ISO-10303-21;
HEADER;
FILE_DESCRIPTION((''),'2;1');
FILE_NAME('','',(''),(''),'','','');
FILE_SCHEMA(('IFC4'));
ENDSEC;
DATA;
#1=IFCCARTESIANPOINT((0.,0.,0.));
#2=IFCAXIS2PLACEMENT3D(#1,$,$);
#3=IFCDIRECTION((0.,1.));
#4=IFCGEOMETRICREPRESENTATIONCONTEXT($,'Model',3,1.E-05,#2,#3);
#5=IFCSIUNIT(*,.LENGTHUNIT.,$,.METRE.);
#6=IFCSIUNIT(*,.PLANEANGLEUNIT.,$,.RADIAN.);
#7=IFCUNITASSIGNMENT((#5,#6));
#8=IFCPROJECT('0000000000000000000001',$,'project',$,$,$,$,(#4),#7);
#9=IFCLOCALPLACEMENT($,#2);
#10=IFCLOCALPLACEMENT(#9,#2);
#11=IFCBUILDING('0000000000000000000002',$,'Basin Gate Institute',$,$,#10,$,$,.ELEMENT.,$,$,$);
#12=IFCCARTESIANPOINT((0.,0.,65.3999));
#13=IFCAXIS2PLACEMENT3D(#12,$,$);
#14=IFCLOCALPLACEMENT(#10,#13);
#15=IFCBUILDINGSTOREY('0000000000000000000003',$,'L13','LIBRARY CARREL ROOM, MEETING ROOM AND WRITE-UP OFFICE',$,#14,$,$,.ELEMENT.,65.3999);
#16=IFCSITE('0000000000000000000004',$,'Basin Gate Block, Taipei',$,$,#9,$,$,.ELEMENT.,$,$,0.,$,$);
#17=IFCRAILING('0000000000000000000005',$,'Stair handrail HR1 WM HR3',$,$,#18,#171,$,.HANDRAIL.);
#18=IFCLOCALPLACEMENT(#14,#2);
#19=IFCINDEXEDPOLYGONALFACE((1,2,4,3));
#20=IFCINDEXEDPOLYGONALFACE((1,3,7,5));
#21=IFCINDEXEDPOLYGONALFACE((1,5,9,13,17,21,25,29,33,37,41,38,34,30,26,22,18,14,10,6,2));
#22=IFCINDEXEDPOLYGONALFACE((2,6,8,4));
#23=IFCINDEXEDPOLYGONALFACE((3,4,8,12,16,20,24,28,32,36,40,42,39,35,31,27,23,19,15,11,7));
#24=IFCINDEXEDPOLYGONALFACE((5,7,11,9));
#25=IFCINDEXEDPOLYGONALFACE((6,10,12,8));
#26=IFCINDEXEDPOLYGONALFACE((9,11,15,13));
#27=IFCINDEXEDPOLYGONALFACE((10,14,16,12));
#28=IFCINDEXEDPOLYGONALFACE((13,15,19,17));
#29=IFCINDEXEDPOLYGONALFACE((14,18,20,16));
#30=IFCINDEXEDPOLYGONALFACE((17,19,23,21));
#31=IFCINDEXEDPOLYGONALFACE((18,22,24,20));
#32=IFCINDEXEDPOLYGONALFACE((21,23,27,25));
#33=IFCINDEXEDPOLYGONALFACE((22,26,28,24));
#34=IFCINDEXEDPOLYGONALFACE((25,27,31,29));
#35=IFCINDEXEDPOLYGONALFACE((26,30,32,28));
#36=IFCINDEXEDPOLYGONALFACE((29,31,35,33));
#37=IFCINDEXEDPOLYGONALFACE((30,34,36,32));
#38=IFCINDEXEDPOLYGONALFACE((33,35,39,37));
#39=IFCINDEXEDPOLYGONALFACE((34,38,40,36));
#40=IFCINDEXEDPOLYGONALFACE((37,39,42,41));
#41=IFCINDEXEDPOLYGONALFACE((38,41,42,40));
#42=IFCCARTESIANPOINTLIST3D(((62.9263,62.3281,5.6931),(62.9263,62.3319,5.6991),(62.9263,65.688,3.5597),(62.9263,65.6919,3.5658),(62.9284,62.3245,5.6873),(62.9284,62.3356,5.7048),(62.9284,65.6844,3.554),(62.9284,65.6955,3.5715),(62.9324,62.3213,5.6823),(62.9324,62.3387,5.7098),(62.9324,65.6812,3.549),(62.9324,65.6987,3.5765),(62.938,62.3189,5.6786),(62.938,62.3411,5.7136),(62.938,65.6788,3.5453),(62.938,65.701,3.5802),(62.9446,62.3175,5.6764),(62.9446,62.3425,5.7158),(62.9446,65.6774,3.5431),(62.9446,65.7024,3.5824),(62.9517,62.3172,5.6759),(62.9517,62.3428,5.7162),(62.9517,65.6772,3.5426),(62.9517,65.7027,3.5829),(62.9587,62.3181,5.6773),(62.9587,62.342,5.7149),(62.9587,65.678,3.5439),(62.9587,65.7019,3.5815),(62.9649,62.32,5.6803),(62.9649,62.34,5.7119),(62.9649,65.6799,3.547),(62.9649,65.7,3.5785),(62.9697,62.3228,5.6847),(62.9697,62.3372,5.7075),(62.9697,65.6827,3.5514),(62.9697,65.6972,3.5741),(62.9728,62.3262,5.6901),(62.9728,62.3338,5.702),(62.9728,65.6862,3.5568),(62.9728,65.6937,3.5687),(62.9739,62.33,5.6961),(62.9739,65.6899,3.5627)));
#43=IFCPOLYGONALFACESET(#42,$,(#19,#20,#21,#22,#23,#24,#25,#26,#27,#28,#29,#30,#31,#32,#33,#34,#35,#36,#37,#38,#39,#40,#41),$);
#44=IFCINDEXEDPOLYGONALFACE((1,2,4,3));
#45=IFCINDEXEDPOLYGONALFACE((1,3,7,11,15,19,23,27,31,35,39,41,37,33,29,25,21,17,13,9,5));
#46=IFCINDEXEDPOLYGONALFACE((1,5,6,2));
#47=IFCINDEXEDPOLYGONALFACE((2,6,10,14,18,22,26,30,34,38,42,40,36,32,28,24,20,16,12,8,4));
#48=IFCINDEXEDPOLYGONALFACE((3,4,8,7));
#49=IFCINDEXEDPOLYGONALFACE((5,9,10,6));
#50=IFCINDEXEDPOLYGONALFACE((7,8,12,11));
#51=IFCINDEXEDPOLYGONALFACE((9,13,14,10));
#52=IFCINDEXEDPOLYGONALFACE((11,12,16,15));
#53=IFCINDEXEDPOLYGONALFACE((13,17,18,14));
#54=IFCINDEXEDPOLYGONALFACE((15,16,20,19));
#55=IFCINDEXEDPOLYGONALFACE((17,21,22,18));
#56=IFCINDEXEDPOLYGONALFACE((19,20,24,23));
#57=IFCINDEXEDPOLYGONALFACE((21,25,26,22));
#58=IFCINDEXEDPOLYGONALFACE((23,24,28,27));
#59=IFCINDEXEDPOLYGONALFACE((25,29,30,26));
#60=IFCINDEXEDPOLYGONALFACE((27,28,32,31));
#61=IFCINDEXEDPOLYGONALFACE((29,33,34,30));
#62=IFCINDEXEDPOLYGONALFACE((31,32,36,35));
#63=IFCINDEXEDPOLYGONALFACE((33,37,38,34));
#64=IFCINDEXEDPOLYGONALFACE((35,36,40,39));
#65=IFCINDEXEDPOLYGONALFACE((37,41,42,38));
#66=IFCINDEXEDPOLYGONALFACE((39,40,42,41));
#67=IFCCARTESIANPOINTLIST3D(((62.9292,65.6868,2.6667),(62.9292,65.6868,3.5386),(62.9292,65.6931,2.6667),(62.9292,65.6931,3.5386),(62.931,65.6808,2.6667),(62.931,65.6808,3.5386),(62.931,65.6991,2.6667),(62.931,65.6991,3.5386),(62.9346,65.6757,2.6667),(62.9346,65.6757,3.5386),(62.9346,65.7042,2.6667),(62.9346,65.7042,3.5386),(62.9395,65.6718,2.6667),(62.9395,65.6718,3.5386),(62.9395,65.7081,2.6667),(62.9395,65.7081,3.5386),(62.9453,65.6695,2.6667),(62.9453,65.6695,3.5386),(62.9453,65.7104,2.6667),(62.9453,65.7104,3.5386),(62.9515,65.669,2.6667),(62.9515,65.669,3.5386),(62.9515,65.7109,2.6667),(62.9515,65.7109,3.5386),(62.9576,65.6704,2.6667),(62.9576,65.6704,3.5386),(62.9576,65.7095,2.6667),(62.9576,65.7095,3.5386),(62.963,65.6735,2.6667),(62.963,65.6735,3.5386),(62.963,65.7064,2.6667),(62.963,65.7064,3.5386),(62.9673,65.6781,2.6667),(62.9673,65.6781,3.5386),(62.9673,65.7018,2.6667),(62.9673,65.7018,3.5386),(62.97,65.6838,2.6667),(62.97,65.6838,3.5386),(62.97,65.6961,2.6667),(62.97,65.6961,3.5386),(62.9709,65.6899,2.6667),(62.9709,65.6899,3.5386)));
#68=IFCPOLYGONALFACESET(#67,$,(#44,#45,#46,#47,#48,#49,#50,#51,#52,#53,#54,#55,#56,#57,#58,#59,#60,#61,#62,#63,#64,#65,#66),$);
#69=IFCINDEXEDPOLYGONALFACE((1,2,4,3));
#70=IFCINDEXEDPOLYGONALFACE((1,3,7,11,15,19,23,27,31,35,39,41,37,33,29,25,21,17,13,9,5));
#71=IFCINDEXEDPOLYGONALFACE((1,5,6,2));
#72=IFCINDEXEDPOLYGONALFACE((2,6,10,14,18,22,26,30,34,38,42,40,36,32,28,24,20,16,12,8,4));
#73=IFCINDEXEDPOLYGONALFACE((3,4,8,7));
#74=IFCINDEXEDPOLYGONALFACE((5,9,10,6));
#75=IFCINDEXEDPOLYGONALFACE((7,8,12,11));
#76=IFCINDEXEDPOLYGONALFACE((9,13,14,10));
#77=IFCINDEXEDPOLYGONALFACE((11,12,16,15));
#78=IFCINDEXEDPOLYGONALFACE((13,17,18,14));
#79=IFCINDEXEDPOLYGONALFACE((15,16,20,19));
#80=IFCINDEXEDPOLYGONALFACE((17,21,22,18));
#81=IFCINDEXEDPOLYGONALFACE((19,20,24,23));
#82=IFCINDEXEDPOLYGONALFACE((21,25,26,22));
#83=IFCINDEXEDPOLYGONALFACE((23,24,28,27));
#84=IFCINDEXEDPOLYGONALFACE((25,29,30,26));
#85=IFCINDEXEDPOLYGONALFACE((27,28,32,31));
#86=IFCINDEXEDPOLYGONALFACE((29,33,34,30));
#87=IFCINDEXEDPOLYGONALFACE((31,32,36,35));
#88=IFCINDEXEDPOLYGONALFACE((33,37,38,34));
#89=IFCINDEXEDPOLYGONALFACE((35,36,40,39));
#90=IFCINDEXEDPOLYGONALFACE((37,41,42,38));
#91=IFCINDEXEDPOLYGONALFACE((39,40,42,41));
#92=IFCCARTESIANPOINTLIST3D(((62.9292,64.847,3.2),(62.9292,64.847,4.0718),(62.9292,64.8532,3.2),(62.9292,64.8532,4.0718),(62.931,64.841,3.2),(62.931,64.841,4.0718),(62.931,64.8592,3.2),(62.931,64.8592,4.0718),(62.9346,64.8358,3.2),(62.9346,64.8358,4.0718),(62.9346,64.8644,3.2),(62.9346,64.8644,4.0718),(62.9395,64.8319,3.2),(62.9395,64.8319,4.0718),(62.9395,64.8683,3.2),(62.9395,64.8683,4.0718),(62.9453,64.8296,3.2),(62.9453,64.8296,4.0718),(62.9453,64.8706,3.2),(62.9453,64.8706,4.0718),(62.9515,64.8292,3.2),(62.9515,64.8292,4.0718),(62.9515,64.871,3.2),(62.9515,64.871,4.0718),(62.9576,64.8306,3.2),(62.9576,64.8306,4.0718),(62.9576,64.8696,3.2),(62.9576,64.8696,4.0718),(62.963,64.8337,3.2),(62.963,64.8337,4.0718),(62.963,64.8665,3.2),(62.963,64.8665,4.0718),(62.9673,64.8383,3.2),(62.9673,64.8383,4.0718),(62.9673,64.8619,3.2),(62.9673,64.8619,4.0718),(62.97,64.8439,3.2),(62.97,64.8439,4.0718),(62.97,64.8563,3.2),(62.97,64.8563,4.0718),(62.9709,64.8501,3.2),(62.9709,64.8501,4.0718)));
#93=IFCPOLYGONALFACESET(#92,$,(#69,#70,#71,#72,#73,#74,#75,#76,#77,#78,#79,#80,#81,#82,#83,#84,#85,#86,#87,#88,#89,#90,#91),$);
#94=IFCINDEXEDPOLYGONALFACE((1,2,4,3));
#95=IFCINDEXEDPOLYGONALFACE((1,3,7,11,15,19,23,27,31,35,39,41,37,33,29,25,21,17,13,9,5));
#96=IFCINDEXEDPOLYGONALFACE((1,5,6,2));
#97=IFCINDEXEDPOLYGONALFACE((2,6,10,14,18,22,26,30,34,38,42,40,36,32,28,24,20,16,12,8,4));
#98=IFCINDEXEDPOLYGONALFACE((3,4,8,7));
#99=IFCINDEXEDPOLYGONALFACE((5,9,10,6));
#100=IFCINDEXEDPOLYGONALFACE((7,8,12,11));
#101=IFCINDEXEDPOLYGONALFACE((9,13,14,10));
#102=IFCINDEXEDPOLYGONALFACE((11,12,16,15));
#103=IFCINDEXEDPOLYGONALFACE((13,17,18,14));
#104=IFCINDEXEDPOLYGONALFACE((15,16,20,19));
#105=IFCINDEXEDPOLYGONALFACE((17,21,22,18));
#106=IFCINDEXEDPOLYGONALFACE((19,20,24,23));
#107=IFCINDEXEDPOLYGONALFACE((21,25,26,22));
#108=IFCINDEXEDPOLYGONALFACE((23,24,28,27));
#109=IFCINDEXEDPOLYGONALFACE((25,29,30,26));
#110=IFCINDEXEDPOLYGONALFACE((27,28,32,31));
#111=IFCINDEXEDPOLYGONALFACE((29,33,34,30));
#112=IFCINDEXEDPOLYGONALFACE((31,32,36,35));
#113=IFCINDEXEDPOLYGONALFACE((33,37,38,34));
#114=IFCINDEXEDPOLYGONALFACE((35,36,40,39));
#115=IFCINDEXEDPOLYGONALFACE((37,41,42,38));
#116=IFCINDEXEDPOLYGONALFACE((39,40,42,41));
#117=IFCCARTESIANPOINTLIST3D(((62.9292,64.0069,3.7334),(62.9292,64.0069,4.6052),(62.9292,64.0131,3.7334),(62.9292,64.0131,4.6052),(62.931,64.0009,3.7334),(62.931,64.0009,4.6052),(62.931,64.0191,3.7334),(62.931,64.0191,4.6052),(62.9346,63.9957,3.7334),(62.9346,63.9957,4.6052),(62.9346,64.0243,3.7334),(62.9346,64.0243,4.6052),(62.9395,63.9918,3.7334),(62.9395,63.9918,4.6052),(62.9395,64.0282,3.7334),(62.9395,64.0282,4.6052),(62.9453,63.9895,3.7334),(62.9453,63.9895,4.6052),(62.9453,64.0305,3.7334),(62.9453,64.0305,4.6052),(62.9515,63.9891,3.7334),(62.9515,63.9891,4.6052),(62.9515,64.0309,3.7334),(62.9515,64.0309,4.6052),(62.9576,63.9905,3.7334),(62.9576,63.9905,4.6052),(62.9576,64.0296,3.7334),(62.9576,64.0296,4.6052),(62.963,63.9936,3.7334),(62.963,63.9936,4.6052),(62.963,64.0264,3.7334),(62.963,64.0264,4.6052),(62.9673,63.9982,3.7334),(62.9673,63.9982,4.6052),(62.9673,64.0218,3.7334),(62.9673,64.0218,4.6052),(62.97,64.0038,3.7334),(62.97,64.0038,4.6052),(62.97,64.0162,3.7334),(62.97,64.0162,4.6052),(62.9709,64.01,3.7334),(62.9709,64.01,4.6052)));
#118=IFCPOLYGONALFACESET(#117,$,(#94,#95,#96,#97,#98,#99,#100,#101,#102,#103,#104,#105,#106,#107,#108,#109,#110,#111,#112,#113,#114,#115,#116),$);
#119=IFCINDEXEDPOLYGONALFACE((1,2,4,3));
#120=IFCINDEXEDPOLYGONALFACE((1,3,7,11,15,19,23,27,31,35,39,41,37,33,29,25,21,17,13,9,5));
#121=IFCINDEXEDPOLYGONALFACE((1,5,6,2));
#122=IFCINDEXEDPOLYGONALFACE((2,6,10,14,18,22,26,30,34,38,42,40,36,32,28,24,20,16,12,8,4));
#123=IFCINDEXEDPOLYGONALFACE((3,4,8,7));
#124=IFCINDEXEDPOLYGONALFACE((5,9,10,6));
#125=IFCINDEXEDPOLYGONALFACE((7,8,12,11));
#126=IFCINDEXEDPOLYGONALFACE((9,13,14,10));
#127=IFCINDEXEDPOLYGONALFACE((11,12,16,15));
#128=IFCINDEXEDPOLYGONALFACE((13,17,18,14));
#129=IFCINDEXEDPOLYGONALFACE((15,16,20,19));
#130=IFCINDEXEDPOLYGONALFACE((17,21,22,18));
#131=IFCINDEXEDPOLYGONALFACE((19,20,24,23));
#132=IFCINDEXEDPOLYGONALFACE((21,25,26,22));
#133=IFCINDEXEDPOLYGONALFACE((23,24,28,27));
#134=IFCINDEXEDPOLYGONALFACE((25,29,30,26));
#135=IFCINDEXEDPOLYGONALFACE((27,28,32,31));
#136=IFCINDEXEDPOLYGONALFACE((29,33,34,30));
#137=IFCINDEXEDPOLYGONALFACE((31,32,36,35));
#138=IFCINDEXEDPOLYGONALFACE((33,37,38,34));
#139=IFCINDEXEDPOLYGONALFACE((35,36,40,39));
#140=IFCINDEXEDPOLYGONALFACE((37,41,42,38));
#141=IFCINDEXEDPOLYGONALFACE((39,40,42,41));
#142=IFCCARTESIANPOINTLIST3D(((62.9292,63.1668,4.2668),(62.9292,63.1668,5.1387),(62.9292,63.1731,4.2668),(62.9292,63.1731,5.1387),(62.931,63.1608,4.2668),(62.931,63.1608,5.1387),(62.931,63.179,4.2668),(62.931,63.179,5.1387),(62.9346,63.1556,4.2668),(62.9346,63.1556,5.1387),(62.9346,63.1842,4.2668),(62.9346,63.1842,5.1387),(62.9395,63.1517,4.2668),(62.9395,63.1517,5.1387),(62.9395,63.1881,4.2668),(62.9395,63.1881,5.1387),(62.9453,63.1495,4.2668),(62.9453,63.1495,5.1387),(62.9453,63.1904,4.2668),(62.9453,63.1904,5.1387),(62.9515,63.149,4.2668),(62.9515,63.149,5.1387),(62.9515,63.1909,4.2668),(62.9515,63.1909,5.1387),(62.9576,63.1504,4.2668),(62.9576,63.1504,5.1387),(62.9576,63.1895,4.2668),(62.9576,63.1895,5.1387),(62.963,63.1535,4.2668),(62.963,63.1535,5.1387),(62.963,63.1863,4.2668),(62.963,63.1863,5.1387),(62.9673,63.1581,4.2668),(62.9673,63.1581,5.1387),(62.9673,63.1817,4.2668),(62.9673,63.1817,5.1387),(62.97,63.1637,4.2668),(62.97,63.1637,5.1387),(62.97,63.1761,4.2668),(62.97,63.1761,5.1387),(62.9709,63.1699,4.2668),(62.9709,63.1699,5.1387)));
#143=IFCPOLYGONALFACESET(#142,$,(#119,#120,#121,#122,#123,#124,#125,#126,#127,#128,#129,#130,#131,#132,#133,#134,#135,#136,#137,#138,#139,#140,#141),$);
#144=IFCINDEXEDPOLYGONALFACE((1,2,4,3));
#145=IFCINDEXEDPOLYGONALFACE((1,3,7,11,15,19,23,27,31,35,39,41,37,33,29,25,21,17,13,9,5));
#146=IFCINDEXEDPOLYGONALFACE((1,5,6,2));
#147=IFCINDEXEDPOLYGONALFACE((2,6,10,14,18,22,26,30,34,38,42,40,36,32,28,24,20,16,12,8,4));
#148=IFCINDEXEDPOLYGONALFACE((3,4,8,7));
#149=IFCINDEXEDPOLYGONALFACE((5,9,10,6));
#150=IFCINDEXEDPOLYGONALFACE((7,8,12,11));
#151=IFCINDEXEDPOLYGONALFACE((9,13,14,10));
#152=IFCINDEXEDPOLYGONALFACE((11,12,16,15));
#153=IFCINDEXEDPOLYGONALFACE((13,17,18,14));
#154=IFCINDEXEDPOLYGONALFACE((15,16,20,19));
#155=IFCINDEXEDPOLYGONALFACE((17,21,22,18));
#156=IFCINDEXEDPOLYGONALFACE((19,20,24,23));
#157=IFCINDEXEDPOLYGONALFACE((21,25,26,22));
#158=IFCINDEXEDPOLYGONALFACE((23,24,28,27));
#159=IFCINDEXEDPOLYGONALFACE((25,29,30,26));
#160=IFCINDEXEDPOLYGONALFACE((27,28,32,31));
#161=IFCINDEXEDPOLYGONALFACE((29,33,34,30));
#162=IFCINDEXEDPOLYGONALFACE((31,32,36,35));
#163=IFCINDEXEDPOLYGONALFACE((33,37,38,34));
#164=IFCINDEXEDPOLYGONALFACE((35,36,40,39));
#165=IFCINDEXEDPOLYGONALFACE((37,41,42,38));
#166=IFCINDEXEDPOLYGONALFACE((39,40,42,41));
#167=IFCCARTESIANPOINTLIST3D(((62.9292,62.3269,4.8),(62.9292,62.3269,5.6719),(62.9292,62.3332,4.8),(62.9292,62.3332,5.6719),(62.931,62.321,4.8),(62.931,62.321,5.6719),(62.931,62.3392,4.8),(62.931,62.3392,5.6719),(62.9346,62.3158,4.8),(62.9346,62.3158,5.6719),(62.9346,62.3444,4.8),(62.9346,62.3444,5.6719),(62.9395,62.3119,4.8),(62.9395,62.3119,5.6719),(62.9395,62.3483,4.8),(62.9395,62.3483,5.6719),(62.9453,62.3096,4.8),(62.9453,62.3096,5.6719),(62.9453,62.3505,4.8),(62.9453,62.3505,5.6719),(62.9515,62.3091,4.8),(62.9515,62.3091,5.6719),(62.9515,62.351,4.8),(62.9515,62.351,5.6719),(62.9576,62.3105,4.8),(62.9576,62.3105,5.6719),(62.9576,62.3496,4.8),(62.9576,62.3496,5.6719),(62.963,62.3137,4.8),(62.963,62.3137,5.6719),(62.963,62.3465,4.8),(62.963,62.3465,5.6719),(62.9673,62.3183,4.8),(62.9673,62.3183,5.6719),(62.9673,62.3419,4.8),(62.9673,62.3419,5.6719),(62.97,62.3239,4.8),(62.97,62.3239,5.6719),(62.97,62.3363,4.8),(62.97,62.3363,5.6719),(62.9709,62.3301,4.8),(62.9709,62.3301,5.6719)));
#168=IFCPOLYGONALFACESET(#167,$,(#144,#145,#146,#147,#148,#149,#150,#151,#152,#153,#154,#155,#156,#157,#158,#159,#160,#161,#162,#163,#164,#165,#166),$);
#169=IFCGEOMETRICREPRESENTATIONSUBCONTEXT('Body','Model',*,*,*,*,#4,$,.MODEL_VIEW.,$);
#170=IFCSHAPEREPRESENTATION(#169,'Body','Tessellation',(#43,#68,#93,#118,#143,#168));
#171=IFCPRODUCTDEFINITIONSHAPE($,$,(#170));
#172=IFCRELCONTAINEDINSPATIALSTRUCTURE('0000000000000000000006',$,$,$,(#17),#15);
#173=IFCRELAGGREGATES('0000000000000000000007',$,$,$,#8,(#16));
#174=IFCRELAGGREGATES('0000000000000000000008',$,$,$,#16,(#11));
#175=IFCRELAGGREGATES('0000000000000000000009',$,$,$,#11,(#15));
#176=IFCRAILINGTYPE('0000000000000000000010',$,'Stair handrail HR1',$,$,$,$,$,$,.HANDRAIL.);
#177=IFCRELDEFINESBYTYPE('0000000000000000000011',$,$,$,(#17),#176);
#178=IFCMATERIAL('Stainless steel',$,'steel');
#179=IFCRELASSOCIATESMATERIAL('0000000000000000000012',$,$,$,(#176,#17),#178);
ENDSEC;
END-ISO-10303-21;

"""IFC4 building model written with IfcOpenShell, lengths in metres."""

from ifc_helpers import new_model, si_unit, direction, frame, origin, origin_2d, place, context, subcontext, project, spatial, circle, extrude, material, type_object, element, save


model = new_model("IFC4")

# Units and contexts
model_context = context("Model", 3, precision=1e-05, world=origin(), true_north=direction((0.0, 1.0)))
body_context = subcontext(model_context, "Body", "Model", "MODEL_VIEW")
ifc_project = project(units=[si_unit("LENGTHUNIT", "METRE"), si_unit("PLANEANGLEUNIT", "RADIAN")], contexts=[model_context])

# Site, building, storey
site_placement = place(None, origin())
site = spatial("IfcSite", under=ifc_project, at=site_placement, Name="Basin Gate Block, Taipei", CompositionType="ELEMENT", RefElevation=0.0)
building_placement = place(site_placement, origin())
building = spatial("IfcBuilding", under=site, at=building_placement, Name="Basin Gate Institute", CompositionType="ELEMENT")
storey_placement = place(building_placement, frame((0.0, 0.0, 65.3999)))
storey = spatial("IfcBuildingStorey", under=building, at=storey_placement, Name="L13", Description="LIBRARY CARREL ROOM, MEETING ROOM AND WRITE-UP OFFICE", CompositionType="ELEMENT", Elevation=65.3999)

# Railing
ifc_material_1 = material(Name="Stainless steel", Category="steel")
railing_type_1 = type_object("IfcRailingType", Name="Stair handrail HR1", PredefinedType="HANDRAIL", material=ifc_material_1)
railing_1_placement = place(storey_placement, frame((62.95, 65.6899, 2.6667)))
element("IfcRailing", 1, at=railing_1_placement, inside=storey, type_object=railing_type_1, material=ifc_material_1, Name="Stair handrail HR1 WM HR3", PredefinedType="HANDRAIL", context=body_context, shape_type="SweptSolid", body=[
    extrude(circle(Radius=0.0239, at=origin_2d()), frame((0.0, 0.0, 0.896), z_axis=(0.0, -0.844207, 0.536018), x_axis=(1.0, 0.0, 0.0)), (0.0, 0.0, 1.0), 3.98),
    extrude(circle(Radius=0.021, at=origin_2d()), origin(), (0.0, 0.0, 1.0), 0.8718),
    extrude(circle(Radius=0.021, at=origin_2d()), frame((0.0, -0.8398, 0.5332)), (0.0, 0.0, 1.0), 0.8718),
    extrude(circle(Radius=0.021, at=origin_2d()), frame((0.0, -1.6799, 1.0667)), (0.0, 0.0, 1.0), 0.8718),
    extrude(circle(Radius=0.021, at=origin_2d()), frame((0.0, -2.52, 1.6001)), (0.0, 0.0, 1.0), 0.8718),
    extrude(circle(Radius=0.021, at=origin_2d()), frame((0.0, -3.3599, 2.1333)), (0.0, 0.0, 1.0), 0.8718),
])

save(model, "model.ifc")
